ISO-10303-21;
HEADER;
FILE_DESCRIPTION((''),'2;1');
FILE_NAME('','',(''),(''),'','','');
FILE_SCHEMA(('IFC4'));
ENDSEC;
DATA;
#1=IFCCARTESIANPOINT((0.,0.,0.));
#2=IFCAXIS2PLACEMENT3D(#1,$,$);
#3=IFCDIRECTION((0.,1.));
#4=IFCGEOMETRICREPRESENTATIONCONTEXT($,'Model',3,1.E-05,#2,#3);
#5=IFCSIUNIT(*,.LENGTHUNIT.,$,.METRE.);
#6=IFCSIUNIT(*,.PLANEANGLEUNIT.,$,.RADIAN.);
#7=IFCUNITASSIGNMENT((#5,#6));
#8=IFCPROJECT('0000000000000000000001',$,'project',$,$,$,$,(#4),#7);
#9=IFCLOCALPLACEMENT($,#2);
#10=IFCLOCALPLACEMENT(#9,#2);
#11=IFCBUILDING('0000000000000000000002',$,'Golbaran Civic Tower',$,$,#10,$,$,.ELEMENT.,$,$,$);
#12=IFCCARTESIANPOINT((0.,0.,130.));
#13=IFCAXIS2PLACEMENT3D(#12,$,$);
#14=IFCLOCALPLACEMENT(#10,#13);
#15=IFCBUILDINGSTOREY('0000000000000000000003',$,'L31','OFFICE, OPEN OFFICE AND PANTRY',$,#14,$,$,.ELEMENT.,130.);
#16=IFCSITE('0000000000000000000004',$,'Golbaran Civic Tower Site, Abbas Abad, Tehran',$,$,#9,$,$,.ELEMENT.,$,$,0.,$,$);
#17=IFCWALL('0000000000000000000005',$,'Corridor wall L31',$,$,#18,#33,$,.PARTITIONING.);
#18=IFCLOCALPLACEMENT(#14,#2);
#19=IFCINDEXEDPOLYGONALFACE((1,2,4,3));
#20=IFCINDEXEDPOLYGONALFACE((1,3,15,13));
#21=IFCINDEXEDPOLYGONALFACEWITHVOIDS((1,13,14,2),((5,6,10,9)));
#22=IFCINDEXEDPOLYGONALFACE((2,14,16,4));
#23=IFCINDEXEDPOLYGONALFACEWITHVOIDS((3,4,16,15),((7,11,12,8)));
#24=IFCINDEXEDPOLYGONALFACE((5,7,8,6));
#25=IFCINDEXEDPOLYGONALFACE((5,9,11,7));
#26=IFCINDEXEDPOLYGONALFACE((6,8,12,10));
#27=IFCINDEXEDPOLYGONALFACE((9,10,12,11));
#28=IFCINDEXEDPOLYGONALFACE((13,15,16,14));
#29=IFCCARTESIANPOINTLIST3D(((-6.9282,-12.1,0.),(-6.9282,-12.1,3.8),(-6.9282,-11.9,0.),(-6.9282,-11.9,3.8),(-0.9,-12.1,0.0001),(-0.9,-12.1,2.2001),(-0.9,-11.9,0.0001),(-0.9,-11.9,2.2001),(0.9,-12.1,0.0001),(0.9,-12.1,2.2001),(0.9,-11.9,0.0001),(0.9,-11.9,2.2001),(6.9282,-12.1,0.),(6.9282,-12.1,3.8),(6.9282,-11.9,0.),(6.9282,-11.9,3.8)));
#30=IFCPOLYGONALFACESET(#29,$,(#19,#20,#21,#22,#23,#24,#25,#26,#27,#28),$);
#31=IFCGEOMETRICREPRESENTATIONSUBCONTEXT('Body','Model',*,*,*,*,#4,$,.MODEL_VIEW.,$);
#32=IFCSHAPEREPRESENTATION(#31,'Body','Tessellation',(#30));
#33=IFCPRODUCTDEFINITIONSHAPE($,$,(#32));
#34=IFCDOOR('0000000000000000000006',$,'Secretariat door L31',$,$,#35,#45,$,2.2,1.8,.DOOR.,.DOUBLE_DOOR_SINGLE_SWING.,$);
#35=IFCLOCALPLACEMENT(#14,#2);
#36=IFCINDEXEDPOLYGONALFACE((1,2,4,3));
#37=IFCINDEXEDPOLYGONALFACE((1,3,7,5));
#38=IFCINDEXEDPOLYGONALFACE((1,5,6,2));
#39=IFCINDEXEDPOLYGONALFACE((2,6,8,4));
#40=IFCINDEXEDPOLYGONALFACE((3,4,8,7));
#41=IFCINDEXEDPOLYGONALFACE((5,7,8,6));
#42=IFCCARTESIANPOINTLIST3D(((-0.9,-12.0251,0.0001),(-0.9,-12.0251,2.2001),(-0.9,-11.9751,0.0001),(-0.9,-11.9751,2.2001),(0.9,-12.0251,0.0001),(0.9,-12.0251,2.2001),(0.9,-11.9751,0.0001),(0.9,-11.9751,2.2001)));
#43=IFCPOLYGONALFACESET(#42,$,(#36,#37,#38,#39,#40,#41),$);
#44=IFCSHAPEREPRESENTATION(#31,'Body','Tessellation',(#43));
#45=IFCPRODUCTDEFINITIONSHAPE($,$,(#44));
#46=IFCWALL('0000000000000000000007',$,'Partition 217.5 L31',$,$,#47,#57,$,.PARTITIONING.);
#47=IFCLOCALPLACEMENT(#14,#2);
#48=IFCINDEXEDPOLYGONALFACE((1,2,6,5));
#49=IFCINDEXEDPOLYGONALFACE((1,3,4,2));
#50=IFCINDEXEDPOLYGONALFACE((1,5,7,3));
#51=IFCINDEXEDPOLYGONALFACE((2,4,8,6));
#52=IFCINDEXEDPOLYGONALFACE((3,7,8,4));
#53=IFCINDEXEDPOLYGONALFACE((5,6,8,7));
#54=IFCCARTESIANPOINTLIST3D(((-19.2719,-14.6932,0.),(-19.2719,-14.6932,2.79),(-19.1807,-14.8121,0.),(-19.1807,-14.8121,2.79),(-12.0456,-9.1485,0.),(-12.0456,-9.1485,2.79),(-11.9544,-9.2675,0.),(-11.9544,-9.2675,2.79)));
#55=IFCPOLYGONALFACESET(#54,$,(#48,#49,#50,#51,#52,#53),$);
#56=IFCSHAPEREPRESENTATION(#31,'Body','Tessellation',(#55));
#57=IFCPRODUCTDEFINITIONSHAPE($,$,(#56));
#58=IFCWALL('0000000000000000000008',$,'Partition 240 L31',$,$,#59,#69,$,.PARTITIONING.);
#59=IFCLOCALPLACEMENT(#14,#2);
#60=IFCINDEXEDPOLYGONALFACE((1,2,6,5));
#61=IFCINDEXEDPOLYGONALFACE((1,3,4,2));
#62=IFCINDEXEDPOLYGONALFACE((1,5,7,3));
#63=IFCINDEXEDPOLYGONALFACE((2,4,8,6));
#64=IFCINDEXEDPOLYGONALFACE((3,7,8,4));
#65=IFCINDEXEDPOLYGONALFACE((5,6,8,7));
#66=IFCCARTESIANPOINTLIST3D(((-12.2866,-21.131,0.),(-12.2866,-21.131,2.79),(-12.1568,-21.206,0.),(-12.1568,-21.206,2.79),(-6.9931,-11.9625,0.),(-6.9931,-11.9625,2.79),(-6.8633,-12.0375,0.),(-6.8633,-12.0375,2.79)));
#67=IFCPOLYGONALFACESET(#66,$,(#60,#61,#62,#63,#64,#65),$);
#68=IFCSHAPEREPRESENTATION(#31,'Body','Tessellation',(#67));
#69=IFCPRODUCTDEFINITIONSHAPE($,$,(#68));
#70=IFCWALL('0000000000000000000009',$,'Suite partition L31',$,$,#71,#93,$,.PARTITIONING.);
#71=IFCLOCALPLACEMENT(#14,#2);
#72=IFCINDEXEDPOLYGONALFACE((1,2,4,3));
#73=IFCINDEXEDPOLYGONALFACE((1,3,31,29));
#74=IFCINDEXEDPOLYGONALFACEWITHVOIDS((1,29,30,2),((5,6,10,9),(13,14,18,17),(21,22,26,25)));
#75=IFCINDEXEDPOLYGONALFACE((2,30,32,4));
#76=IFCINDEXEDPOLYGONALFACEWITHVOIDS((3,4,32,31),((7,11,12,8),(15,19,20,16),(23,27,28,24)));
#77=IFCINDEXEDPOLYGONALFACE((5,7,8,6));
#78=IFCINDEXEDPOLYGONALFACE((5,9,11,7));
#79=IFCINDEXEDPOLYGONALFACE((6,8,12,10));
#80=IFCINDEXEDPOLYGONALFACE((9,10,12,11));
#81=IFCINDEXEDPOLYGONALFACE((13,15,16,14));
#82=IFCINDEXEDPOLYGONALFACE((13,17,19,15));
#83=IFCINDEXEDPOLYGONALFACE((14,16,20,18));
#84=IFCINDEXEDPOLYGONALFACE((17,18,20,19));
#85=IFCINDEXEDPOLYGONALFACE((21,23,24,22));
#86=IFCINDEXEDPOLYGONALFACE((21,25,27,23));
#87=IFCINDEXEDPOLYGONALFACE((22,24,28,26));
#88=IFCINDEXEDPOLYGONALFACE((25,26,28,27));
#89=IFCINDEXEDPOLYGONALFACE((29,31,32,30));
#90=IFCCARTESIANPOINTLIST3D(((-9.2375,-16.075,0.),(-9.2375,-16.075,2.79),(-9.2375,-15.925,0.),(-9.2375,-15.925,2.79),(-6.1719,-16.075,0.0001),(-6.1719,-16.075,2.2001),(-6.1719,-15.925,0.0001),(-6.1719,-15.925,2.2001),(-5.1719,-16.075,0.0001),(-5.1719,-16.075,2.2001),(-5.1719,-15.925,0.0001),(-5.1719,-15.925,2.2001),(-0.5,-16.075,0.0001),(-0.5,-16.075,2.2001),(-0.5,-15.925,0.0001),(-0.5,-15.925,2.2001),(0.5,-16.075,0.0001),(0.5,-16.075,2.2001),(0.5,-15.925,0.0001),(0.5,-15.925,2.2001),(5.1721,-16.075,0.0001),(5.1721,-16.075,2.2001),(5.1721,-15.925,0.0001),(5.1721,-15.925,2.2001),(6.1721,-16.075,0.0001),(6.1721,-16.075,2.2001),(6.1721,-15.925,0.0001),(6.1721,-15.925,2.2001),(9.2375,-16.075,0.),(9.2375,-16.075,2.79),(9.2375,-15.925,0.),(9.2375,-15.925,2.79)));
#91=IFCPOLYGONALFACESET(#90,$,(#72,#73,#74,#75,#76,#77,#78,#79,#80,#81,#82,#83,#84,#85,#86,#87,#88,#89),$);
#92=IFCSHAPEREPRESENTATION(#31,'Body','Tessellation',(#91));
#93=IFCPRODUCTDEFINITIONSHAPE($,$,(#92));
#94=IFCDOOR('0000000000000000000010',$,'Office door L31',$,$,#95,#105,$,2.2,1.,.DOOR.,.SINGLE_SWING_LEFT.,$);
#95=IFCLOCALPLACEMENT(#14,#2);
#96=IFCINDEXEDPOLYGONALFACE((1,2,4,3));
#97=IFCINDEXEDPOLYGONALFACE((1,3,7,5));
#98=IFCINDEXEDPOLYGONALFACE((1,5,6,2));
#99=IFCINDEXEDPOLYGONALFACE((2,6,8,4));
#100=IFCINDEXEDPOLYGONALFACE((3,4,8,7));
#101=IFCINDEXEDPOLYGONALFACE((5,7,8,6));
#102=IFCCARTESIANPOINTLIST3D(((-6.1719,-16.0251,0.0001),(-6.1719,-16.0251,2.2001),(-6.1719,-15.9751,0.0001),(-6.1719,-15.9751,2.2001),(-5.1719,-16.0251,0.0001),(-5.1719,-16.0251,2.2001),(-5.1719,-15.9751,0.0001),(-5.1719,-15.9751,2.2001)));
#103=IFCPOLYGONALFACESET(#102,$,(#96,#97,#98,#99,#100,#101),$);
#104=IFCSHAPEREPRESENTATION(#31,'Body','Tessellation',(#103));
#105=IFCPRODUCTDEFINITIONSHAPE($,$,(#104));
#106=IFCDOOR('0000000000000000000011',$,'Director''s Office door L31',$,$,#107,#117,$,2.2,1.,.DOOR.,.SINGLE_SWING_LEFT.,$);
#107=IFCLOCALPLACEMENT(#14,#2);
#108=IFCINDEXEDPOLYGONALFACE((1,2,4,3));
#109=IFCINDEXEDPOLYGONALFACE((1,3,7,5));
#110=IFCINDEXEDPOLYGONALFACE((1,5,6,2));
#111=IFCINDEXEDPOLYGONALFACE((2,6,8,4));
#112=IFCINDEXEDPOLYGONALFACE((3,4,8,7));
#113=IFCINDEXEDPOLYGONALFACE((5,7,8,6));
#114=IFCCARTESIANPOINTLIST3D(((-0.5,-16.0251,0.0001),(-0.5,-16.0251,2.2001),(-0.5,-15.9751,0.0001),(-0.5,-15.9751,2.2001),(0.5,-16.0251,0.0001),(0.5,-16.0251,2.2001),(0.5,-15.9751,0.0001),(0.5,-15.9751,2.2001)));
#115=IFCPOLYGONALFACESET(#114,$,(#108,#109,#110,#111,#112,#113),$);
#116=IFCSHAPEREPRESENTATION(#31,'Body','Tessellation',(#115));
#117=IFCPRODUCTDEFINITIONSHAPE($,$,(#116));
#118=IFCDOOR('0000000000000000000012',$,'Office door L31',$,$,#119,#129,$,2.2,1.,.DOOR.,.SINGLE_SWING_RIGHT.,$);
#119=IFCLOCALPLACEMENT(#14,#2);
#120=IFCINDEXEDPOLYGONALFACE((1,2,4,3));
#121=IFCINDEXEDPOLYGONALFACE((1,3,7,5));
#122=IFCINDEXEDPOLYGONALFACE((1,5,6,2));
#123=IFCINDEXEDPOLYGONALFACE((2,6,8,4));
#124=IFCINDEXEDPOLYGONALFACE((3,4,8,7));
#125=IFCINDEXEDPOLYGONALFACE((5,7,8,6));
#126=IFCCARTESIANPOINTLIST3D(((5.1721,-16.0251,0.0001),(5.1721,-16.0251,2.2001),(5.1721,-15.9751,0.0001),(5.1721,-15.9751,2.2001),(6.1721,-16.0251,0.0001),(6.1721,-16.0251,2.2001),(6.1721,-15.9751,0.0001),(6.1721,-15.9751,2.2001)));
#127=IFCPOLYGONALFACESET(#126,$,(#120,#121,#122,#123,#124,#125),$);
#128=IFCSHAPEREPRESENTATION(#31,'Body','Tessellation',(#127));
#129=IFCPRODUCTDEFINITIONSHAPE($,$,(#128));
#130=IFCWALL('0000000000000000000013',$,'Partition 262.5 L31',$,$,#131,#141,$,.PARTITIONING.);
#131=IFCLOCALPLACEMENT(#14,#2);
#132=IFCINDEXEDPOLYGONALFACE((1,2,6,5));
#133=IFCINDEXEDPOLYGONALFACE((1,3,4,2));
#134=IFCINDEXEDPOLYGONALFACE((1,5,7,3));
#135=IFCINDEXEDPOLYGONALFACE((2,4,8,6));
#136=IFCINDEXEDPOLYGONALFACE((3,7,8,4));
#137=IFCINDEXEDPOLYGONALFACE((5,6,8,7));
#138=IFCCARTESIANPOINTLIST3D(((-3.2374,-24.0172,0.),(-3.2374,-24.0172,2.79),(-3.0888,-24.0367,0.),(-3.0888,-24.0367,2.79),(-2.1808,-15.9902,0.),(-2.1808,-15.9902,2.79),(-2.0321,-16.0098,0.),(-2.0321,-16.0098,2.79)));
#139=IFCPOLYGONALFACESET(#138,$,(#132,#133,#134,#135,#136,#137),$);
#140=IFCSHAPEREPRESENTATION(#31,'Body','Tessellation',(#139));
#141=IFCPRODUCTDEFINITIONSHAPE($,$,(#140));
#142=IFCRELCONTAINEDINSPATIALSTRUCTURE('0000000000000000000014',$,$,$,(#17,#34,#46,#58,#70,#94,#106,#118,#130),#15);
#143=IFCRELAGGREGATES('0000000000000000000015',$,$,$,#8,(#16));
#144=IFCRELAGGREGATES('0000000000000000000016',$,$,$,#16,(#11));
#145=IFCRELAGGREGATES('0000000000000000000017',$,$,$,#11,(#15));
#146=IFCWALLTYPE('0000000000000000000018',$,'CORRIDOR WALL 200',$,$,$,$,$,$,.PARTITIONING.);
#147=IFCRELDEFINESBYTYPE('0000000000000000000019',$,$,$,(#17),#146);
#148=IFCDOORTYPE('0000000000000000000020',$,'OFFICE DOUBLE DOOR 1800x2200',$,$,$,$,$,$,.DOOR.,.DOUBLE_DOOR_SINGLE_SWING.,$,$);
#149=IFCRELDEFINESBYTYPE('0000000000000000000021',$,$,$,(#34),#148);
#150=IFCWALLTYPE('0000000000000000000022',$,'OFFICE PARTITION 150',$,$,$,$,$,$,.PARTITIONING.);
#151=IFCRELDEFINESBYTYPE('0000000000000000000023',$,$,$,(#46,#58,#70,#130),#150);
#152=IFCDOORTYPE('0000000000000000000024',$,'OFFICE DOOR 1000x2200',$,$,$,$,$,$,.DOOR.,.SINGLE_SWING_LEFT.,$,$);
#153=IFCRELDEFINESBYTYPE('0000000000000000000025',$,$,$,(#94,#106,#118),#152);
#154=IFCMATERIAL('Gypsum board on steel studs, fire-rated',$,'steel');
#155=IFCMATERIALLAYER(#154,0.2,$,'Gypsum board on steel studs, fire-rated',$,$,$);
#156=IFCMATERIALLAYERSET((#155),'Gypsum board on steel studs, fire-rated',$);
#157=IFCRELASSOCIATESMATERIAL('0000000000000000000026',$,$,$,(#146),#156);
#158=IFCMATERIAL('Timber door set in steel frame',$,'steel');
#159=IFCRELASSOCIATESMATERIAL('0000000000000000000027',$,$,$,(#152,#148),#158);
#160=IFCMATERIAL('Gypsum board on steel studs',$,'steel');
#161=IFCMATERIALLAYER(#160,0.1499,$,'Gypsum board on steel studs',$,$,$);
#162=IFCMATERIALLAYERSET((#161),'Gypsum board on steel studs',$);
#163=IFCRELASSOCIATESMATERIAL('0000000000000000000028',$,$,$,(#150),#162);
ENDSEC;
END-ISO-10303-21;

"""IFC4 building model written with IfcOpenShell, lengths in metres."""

from ifc_helpers import new_model, si_unit, direction, frame, frame_2d, origin, place, context, subcontext, project, spatial, rectangle, extrude, material, layer, layer_set, type_object, element, fill, save


model = new_model("IFC4")

# Units and contexts
model_context = context("Model", 3, precision=1e-05, world=origin(), true_north=direction((0.0, 1.0)))
body_context = subcontext(model_context, "Body", "Model", "MODEL_VIEW")
ifc_project = project(units=[si_unit("LENGTHUNIT", "METRE"), si_unit("PLANEANGLEUNIT", "RADIAN")], contexts=[model_context])

# Site, building, storey
site_placement = place(None, origin())
site = spatial("IfcSite", under=ifc_project, at=site_placement, Name="Golbaran Civic Tower Site, Abbas Abad, Tehran", CompositionType="ELEMENT", RefElevation=0.0)
building_placement = place(site_placement, origin())
building = spatial("IfcBuilding", under=site, at=building_placement, Name="Golbaran Civic Tower", CompositionType="ELEMENT")
storey_placement = place(building_placement, frame((0.0, 0.0, 130.0)))
storey = spatial("IfcBuildingStorey", under=building, at=storey_placement, Name="L31", Description="OFFICE, OPEN OFFICE AND PANTRY", CompositionType="ELEMENT", Elevation=130.0)

# Wall, opening, door
ifc_material_1 = material(Name="Timber door set in steel frame", Category="steel")
ifc_material_2 = material(Name="Gypsum board on steel studs, fire-rated", Category="steel")
ifc_layer_1 = layer(ifc_material_2, 0.2, Name="Gypsum board on steel studs, fire-rated")
ifc_layer_set_1 = layer_set([ifc_layer_1], Name="Gypsum board on steel studs, fire-rated")
wall_type_1 = type_object("IfcWallType", Name="CORRIDOR WALL 200", PredefinedType="PARTITIONING", material=ifc_layer_set_1)
door_type_1 = type_object("IfcDoorType", Name="OFFICE DOOR 1000x2200", OperationType="SINGLE_SWING_LEFT", PredefinedType="DOOR", material=ifc_material_1)
wall_1_placement = place(storey_placement, frame((-6.9282, -12.0, 0.0), z_axis=(0.0, 0.0, 1.0), x_axis=(1.0, 0.0, 0.0)))
wall_1 = element("IfcWall", 1, at=wall_1_placement, inside=storey, type_object=wall_type_1, Name="Corridor wall L31", PredefinedType="PARTITIONING", context=body_context, shape_type="SweptSolid", body=[
    extrude(rectangle(XDim=13.8564, YDim=0.2, at=frame_2d((6.9282, 0.0))), origin(), (0.0, 0.0, 1.0), 3.8),
])
opening_1_placement = place(wall_1_placement, frame((6.0283, 0.0, 0.0)))
opening_1 = element("IfcOpeningElement", 2, at=opening_1_placement, cuts=wall_1, PredefinedType="OPENING", context=body_context, shape_type="SweptSolid", body=[
    extrude(rectangle(XDim=1.8, YDim=2.2, at=frame_2d((0.8999, 1.1001))), frame((0.0, 0.1099, 0.0), z_axis=(0.0, -1.0, 0.0), x_axis=(1.0, 0.0, 0.0)), (0.0, 0.0, 1.0), 0.22),
])
door_type_2 = type_object("IfcDoorType", Name="OFFICE DOUBLE DOOR 1800x2200", OperationType="DOUBLE_DOOR_SINGLE_SWING", PredefinedType="DOOR", material=ifc_material_1)
door_1_placement = place(opening_1_placement, origin())
door_1 = element("IfcDoor", 3, at=door_1_placement, inside=storey, type_object=door_type_2, Name="Secretariat door L31", OperationType="DOUBLE_DOOR_SINGLE_SWING", OverallHeight=2.2, OverallWidth=1.8, PredefinedType="DOOR", context=body_context, shape_type="SweptSolid", body=[
    extrude(rectangle(XDim=1.8, YDim=2.2, at=frame_2d((0.8999, 1.1001))), frame((0.0, 0.0249, 0.0), z_axis=(0.0, -1.0, 0.0), x_axis=(1.0, 0.0, 0.0)), (0.0, 0.0, 1.0), 0.05),
])
fill(opening_1, door_1)

# Walls
ifc_material_3 = material(Name="Gypsum board on steel studs", Category="steel")
ifc_layer_2 = layer(ifc_material_3, 0.1499, Name="Gypsum board on steel studs")
ifc_layer_set_2 = layer_set([ifc_layer_2], Name="Gypsum board on steel studs")
wall_type_2 = type_object("IfcWallType", Name="OFFICE PARTITION 150", PredefinedType="PARTITIONING", material=ifc_layer_set_2)
wall_2_placement = place(storey_placement, frame((-12.0, -9.208, 0.0), z_axis=(0.0, 0.0, 1.0), x_axis=(-0.793368, -0.608743, 0.0)))
element("IfcWall", 4, at=wall_2_placement, inside=storey, type_object=wall_type_2, Name="Partition 217.5 L31", PredefinedType="PARTITIONING", context=body_context, shape_type="SweptSolid", body=[
    extrude(rectangle(XDim=9.1084, YDim=0.1499, at=frame_2d((4.5542, 0.0))), origin(), (0.0, 0.0, 1.0), 2.79),
])
wall_3_placement = place(storey_placement, frame((-6.9282, -12.0, 0.0), z_axis=(0.0, 0.0, 1.0), x_axis=(-0.500003, -0.866024, 0.0)))
element("IfcWall", 5, at=wall_3_placement, inside=storey, type_object=wall_type_2, Name="Partition 240 L31", PredefinedType="PARTITIONING", context=body_context, shape_type="SweptSolid", body=[
    extrude(rectangle(XDim=10.5869, YDim=0.1499, at=frame_2d((5.2935, 0.0))), origin(), (0.0, 0.0, 1.0), 2.79),
])

# Wall, openings, doors
wall_4_placement = place(storey_placement, frame((-9.2375, -16.0, 0.0), z_axis=(0.0, 0.0, 1.0), x_axis=(1.0, 0.0, 0.0)))
wall_4 = element("IfcWall", 6, at=wall_4_placement, inside=storey, type_object=wall_type_2, Name="Suite partition L31", PredefinedType="PARTITIONING", context=body_context, shape_type="SweptSolid", body=[
    extrude(rectangle(XDim=18.4751, YDim=0.1499, at=frame_2d((9.2375, 0.0))), origin(), (0.0, 0.0, 1.0), 2.79),
])
opening_2_placement = place(wall_4_placement, frame((3.0657, 0.0, 0.0)))
opening_2 = element("IfcOpeningElement", 7, at=opening_2_placement, cuts=wall_4, PredefinedType="OPENING", context=body_context, shape_type="SweptSolid", body=[
    extrude(rectangle(XDim=1.0, YDim=2.2, at=frame_2d((0.5, 1.1001))), frame((0.0, 0.085, 0.0), z_axis=(0.0, -1.0, 0.0), x_axis=(1.0, 0.0, 0.0)), (0.0, 0.0, 1.0), 0.1699),
])
opening_3_placement = place(wall_4_placement, frame((8.7375, 0.0, 0.0)))
opening_3 = element("IfcOpeningElement", 8, at=opening_3_placement, cuts=wall_4, PredefinedType="OPENING", context=body_context, shape_type="SweptSolid", body=[
    extrude(rectangle(XDim=1.0, YDim=2.2, at=frame_2d((0.5, 1.1001))), frame((0.0, 0.085, 0.0), z_axis=(0.0, -1.0, 0.0), x_axis=(1.0, 0.0, 0.0)), (0.0, 0.0, 1.0), 0.1699),
])
opening_4_placement = place(wall_4_placement, frame((14.4097, 0.0, 0.0)))
opening_4 = element("IfcOpeningElement", 9, at=opening_4_placement, cuts=wall_4, PredefinedType="OPENING", context=body_context, shape_type="SweptSolid", body=[
    extrude(rectangle(XDim=1.0, YDim=2.2, at=frame_2d((0.5, 1.1001))), frame((0.0, 0.085, 0.0), z_axis=(0.0, -1.0, 0.0), x_axis=(1.0, 0.0, 0.0)), (0.0, 0.0, 1.0), 0.1699),
])
door_2_placement = place(opening_2_placement, origin())
door_2 = element("IfcDoor", 10, at=door_2_placement, inside=storey, type_object=door_type_1, Name="Office door L31", OperationType="SINGLE_SWING_LEFT", OverallHeight=2.2, OverallWidth=1.0, PredefinedType="DOOR", context=body_context, shape_type="SweptSolid", body=[
    extrude(rectangle(XDim=1.0, YDim=2.2, at=frame_2d((0.5, 1.1001))), frame((0.0, 0.0249, 0.0), z_axis=(0.0, -1.0, 0.0), x_axis=(1.0, 0.0, 0.0)), (0.0, 0.0, 1.0), 0.05),
])
fill(opening_2, door_2)
door_3_placement = place(opening_3_placement, origin())
door_3 = element("IfcDoor", 11, at=door_3_placement, inside=storey, type_object=door_type_1, Name="Director's Office door L31", OperationType="SINGLE_SWING_LEFT", OverallHeight=2.2, OverallWidth=1.0, PredefinedType="DOOR", context=body_context, shape_type="SweptSolid", body=[
    extrude(rectangle(XDim=1.0, YDim=2.2, at=frame_2d((0.5, 1.1001))), frame((0.0, 0.0249, 0.0), z_axis=(0.0, -1.0, 0.0), x_axis=(1.0, 0.0, 0.0)), (0.0, 0.0, 1.0), 0.05),
])
fill(opening_3, door_3)
door_4_placement = place(opening_4_placement, origin())
door_4 = element("IfcDoor", 12, at=door_4_placement, inside=storey, type_object=door_type_1, Name="Office door L31", OperationType="SINGLE_SWING_RIGHT", OverallHeight=2.2, OverallWidth=1.0, PredefinedType="DOOR", context=body_context, shape_type="SweptSolid", body=[
    extrude(rectangle(XDim=1.0, YDim=2.2, at=frame_2d((0.5, 1.1001))), frame((0.0, 0.0249, 0.0), z_axis=(0.0, -1.0, 0.0), x_axis=(1.0, 0.0, 0.0)), (0.0, 0.0, 1.0), 0.05),
])
fill(opening_4, door_4)

# Wall
wall_5_placement = place(storey_placement, frame((-2.1064, -16.0, 0.0), z_axis=(0.0, 0.0, 1.0), x_axis=(-0.130512, -0.991447, 0.0)))
element("IfcWall", 13, at=wall_5_placement, inside=storey, type_object=wall_type_2, Name="Partition 262.5 L31", PredefinedType="PARTITIONING", context=body_context, shape_type="SweptSolid", body=[
    extrude(rectangle(XDim=8.0962, YDim=0.1499, at=frame_2d((4.0481, 0.0))), origin(), (0.0, 0.0, 1.0), 2.79),
])

save(model, "model.ifc")
